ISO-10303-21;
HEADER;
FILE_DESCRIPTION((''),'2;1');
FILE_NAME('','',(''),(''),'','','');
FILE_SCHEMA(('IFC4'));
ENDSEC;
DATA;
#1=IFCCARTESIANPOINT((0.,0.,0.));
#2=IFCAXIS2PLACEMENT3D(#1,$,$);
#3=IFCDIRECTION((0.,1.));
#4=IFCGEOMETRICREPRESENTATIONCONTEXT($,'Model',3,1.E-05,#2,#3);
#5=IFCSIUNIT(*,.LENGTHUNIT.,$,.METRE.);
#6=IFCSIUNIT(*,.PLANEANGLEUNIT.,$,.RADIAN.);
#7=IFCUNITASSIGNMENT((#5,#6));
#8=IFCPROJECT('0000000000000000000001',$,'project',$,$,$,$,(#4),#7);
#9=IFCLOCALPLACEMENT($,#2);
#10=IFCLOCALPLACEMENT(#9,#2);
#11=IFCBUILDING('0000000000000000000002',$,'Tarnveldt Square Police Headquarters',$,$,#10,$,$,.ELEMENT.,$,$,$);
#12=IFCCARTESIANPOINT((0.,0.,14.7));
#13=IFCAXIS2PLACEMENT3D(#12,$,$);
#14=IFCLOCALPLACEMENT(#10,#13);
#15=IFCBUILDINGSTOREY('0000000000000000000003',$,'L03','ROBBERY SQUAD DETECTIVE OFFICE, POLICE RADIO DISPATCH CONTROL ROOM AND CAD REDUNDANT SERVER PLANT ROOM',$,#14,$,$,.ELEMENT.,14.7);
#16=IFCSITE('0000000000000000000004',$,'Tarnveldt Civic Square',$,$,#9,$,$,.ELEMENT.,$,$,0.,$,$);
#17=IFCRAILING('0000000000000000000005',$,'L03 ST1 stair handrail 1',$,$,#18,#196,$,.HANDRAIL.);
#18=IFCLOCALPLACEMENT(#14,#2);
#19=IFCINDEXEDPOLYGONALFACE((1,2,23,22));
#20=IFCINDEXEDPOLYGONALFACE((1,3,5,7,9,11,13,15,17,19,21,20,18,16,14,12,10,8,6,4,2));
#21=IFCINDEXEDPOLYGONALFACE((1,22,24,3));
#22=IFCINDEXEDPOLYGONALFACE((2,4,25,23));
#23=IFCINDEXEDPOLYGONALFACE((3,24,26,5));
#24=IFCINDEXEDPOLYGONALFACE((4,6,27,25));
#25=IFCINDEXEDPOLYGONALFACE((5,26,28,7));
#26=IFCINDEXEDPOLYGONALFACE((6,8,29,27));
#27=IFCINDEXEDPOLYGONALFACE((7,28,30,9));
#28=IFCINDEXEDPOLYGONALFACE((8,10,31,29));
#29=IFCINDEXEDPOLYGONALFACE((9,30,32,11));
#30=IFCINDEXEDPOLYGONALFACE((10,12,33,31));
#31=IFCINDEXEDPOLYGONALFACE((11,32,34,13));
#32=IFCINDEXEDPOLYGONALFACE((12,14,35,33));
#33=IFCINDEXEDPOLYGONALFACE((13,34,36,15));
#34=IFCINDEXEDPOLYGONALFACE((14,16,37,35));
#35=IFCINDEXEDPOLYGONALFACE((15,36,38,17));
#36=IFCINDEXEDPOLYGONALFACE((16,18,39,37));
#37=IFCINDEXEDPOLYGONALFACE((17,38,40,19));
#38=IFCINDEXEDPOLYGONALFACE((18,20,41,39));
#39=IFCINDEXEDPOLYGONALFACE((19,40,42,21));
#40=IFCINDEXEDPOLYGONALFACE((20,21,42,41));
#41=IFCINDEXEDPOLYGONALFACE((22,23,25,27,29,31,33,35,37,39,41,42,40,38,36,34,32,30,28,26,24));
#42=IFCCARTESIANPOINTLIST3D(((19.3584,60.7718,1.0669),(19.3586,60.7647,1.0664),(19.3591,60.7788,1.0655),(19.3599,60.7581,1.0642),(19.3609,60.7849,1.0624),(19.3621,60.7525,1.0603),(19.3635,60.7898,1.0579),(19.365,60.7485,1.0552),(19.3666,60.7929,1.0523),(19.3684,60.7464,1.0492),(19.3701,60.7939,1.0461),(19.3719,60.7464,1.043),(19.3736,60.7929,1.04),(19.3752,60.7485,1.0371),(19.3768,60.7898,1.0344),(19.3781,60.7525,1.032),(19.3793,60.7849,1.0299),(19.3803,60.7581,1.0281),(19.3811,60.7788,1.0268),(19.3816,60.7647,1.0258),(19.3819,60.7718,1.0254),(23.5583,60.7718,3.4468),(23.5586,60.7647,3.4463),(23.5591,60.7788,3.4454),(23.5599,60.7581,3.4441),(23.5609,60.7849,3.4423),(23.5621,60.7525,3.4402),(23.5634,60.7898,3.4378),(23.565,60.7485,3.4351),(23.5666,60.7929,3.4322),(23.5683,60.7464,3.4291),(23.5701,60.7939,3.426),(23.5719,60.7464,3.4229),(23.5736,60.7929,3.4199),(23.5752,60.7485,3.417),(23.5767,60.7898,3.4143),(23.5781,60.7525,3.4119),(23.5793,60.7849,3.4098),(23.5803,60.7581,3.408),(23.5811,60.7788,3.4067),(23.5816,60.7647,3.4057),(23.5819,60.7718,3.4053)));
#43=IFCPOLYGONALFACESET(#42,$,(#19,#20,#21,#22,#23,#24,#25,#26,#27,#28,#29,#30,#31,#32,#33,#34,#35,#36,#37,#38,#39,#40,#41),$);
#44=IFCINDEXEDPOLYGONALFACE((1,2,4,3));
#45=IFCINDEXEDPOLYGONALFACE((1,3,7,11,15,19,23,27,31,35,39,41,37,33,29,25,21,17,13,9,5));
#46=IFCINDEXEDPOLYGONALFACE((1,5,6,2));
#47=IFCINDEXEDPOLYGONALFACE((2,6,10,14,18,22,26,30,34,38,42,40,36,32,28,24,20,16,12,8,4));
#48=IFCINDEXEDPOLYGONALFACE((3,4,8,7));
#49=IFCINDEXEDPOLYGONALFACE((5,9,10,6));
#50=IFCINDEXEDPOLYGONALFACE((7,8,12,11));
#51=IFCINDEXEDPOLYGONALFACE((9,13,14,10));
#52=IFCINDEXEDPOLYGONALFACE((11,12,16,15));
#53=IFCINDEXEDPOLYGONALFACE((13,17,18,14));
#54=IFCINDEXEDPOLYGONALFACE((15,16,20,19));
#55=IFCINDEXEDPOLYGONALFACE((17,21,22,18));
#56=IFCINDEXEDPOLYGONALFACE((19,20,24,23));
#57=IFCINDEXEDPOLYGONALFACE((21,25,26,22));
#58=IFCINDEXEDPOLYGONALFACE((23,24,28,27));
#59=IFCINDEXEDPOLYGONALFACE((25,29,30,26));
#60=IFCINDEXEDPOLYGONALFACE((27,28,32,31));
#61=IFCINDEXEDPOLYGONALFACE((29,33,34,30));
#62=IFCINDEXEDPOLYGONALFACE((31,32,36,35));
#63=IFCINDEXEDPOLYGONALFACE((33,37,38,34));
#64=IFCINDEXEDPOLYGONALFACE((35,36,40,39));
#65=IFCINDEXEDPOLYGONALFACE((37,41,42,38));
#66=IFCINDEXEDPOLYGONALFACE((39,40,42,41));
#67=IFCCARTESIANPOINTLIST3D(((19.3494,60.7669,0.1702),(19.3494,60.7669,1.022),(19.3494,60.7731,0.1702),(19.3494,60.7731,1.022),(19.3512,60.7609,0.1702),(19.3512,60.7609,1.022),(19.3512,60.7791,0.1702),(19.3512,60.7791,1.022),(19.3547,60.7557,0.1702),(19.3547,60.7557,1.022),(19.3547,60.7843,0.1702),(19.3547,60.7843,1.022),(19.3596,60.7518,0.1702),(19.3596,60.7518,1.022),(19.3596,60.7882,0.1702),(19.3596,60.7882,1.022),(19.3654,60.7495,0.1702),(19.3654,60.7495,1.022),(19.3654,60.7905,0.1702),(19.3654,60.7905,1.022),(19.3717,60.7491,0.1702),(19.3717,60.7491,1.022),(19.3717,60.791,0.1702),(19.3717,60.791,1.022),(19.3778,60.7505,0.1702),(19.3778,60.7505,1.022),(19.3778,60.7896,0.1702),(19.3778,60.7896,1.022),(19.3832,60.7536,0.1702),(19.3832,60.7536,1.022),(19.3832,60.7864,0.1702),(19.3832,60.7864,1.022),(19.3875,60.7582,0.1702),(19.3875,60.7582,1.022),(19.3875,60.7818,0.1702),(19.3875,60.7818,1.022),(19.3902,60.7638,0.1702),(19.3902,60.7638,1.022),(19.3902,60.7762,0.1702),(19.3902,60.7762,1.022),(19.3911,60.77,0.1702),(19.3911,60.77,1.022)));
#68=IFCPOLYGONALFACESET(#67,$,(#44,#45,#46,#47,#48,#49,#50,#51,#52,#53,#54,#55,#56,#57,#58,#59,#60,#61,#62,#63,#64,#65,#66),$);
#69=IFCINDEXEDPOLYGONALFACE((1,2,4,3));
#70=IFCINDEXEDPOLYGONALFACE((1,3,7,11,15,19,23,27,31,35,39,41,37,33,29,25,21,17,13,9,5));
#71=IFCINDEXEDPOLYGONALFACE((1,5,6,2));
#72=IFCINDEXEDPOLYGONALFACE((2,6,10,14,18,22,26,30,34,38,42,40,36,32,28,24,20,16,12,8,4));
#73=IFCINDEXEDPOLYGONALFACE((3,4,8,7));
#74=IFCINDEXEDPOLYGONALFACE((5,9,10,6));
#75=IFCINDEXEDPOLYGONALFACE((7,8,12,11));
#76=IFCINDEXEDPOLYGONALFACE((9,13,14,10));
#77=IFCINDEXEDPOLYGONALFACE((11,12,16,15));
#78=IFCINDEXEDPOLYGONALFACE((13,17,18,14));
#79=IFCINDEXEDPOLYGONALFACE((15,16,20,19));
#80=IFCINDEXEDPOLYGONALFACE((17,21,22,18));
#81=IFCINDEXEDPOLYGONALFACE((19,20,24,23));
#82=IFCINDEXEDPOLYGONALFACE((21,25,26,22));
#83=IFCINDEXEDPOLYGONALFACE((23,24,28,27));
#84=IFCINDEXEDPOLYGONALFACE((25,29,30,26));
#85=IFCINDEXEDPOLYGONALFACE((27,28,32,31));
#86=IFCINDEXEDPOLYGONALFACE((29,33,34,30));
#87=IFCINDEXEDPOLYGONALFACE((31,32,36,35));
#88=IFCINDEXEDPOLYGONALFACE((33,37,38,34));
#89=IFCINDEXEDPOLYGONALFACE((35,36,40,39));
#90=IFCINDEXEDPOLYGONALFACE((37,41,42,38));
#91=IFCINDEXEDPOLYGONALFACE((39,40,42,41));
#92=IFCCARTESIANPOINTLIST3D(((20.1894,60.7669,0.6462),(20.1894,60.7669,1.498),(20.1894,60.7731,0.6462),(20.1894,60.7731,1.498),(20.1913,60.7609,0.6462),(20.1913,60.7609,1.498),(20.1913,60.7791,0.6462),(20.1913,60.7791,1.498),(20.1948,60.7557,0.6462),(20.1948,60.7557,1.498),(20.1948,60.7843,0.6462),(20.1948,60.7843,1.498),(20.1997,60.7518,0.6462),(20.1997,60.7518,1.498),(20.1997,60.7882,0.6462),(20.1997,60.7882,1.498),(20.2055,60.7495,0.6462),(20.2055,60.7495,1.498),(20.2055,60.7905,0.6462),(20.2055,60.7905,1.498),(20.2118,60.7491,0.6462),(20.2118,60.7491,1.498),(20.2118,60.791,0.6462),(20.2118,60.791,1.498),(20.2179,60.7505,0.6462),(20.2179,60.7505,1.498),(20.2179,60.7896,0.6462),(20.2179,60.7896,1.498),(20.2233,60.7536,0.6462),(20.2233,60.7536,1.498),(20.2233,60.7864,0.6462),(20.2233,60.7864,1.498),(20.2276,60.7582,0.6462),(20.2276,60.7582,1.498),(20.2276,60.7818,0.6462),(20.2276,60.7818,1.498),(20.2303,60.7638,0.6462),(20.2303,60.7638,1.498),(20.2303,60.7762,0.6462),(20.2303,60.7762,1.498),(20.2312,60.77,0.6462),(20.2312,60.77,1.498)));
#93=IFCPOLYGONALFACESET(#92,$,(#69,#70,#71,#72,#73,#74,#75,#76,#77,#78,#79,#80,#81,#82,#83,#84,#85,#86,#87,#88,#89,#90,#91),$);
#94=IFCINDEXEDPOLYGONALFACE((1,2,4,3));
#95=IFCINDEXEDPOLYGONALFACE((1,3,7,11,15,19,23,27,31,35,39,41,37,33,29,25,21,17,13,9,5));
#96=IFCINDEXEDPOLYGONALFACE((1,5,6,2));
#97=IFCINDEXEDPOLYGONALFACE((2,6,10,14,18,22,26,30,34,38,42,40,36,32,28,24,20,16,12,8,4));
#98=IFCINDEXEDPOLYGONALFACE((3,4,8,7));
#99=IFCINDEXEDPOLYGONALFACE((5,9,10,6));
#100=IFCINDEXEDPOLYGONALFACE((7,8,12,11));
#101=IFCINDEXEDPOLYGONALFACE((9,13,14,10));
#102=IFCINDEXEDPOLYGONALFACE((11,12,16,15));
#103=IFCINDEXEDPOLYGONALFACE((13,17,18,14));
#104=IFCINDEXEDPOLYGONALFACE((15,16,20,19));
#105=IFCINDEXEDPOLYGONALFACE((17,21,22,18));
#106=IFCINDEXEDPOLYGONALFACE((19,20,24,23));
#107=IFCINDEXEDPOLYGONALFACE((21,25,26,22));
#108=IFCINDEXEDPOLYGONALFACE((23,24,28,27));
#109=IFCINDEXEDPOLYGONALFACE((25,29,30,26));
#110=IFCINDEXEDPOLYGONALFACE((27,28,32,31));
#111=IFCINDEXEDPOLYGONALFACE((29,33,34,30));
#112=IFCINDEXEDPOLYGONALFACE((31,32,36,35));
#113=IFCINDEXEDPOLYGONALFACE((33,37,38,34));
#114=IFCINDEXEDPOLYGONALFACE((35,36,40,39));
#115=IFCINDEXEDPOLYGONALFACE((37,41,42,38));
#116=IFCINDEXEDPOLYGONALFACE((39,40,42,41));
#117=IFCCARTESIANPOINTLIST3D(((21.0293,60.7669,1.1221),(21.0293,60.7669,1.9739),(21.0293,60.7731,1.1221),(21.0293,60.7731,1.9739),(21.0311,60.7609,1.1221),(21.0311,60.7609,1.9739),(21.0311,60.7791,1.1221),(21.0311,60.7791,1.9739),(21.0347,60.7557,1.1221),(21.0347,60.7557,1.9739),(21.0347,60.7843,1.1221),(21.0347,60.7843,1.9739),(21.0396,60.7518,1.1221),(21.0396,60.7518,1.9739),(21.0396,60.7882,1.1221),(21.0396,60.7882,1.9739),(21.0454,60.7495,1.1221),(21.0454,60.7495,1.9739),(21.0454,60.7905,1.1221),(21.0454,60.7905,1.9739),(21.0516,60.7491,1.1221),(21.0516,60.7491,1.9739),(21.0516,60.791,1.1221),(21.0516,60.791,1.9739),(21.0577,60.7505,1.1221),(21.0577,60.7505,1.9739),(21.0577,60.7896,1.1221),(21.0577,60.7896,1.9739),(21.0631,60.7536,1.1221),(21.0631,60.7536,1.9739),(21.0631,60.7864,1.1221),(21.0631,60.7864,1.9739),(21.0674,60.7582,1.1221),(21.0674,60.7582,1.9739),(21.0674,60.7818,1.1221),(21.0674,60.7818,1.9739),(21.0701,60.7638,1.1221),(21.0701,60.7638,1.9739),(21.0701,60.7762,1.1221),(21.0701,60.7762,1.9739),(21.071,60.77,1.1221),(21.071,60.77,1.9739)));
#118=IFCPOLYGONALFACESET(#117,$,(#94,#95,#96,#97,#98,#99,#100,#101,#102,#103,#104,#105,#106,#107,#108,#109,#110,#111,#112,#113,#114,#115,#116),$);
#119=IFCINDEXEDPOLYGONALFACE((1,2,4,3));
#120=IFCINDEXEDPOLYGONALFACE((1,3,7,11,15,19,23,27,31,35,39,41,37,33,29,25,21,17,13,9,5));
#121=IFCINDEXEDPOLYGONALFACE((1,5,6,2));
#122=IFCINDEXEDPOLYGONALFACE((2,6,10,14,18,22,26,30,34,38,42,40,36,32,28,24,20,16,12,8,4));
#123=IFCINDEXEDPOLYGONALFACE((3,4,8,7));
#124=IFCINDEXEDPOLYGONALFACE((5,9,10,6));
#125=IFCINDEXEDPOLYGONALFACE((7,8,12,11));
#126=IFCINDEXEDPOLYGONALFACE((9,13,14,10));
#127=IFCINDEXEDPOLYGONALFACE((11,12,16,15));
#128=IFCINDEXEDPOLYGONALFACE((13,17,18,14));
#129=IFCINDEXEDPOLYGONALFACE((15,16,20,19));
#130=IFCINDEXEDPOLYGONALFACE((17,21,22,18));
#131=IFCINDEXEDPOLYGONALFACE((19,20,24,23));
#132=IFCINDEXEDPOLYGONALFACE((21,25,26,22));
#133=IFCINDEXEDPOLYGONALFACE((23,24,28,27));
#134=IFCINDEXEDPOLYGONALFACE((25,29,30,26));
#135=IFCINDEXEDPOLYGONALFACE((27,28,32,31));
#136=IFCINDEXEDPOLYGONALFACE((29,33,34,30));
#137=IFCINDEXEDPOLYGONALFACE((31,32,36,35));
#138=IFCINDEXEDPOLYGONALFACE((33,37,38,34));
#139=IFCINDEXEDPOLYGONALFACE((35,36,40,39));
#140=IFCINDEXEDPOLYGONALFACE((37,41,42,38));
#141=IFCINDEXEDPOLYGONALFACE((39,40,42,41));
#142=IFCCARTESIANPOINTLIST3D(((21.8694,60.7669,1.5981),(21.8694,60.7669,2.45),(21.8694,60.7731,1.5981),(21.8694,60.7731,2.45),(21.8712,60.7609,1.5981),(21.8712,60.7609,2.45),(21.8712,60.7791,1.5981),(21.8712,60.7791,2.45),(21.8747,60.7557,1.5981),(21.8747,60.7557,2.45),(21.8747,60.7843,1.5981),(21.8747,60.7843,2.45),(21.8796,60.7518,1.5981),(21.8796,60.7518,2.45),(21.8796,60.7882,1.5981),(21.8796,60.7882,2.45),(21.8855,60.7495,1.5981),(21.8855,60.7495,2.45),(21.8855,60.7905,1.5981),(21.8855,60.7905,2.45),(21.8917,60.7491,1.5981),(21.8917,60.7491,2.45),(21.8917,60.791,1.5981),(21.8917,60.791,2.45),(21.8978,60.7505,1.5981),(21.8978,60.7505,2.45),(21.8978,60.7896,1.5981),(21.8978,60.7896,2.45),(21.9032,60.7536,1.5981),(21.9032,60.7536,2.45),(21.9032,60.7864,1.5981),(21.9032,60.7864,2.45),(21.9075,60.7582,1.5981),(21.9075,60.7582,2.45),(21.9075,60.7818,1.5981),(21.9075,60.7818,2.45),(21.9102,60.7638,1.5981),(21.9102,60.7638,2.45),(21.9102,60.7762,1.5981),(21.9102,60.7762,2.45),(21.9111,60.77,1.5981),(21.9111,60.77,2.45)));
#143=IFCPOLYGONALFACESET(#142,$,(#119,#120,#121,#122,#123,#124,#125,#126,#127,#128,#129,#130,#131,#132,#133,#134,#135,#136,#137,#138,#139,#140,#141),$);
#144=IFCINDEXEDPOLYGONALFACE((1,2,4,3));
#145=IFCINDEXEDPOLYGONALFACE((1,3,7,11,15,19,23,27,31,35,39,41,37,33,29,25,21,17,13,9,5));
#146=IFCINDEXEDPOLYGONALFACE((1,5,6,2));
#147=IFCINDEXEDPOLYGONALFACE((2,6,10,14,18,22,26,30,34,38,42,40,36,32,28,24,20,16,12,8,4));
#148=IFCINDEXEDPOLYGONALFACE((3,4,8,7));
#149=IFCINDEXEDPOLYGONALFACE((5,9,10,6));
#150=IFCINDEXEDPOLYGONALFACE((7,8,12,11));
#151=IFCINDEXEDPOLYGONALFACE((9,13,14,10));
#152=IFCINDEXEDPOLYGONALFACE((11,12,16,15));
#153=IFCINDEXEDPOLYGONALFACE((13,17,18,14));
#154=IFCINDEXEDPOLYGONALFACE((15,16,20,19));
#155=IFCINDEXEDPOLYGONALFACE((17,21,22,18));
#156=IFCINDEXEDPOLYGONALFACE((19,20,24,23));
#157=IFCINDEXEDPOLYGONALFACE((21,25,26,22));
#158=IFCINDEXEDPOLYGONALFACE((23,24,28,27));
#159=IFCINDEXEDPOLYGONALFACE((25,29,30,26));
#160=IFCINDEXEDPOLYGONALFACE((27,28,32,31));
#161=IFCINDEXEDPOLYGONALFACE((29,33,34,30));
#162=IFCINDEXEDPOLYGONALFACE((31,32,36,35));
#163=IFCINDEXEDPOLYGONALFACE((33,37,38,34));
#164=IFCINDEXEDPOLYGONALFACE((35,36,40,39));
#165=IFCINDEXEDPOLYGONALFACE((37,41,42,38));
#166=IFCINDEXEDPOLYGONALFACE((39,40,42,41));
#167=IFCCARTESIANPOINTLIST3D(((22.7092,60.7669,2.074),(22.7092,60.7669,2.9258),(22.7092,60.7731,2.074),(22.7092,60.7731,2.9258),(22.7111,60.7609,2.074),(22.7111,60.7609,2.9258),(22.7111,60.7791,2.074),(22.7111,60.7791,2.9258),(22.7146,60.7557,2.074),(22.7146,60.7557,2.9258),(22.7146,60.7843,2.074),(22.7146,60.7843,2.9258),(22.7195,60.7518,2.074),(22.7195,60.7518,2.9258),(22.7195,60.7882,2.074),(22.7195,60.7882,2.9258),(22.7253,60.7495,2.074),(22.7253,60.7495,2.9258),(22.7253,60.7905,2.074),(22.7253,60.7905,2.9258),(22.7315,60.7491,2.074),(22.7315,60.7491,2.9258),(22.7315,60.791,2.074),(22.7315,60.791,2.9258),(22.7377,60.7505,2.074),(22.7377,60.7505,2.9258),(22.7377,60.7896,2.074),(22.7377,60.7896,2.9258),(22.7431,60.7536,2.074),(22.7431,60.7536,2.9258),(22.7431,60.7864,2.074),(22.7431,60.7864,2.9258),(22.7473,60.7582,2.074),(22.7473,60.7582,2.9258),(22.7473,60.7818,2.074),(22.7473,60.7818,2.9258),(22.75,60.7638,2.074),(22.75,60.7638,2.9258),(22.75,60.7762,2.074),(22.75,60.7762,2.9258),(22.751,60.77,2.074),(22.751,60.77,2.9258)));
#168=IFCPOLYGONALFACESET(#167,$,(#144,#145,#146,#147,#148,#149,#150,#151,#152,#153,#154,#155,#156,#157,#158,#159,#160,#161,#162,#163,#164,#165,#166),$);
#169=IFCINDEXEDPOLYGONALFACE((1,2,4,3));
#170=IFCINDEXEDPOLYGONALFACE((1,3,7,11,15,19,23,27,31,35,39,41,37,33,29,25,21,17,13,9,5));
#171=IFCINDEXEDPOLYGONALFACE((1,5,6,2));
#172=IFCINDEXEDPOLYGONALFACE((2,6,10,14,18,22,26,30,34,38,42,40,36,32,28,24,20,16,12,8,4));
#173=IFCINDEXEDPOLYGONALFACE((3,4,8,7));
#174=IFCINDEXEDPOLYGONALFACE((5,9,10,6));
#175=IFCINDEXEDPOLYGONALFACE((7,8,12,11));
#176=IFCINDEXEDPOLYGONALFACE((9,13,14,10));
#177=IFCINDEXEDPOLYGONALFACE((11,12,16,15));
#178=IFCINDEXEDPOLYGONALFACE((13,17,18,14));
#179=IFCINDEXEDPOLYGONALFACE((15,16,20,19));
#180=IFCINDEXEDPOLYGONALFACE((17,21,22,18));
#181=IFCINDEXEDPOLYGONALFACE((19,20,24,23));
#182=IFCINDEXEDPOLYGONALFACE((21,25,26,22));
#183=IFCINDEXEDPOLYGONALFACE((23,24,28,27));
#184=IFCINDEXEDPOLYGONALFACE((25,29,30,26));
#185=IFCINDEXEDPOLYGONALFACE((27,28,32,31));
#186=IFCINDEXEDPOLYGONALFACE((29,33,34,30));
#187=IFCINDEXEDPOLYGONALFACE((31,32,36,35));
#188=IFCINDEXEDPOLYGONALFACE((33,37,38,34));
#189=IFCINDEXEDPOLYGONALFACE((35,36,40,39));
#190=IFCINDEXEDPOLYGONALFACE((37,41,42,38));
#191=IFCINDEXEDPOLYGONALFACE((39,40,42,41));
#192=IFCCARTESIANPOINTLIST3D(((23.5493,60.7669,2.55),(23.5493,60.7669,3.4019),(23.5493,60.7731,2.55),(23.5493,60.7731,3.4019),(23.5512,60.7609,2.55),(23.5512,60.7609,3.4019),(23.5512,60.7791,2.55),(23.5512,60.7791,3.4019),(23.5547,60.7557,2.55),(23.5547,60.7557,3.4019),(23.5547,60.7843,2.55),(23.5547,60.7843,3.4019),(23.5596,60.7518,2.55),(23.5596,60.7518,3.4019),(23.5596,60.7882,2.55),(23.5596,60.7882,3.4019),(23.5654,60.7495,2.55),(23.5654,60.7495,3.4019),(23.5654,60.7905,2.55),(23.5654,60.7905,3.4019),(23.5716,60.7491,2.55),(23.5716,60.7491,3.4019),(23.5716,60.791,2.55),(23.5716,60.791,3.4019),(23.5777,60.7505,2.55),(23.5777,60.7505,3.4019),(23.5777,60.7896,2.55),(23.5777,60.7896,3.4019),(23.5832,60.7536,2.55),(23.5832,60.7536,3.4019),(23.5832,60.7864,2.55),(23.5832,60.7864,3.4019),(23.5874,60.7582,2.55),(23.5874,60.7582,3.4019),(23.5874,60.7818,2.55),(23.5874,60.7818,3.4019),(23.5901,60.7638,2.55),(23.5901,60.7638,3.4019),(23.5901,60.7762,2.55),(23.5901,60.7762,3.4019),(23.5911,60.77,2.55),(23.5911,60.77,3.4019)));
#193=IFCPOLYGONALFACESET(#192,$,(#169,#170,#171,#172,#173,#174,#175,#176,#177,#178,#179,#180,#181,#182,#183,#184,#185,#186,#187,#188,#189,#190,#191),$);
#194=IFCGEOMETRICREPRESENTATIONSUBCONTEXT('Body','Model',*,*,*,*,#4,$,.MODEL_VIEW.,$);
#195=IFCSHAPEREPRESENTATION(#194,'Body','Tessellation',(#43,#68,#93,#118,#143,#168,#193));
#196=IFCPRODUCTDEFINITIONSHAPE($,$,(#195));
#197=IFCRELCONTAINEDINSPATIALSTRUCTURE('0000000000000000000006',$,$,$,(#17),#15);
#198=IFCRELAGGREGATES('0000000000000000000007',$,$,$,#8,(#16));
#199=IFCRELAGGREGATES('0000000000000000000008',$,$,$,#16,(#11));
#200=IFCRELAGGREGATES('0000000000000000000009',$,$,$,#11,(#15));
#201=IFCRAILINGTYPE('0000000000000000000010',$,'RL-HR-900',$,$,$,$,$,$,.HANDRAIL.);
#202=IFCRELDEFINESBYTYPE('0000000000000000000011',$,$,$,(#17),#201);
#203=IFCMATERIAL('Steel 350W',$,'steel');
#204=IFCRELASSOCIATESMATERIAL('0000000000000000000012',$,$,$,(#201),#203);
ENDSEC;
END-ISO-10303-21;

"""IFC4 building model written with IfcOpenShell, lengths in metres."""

from ifc_helpers import new_model, si_unit, direction, frame, origin, origin_2d, place, context, subcontext, project, spatial, circle, extrude, material, type_object, element, save


model = new_model("IFC4")

# Units and contexts
model_context = context("Model", 3, precision=1e-05, world=origin(), true_north=direction((0.0, 1.0)))
body_context = subcontext(model_context, "Body", "Model", "MODEL_VIEW")
ifc_project = project(units=[si_unit("LENGTHUNIT", "METRE"), si_unit("PLANEANGLEUNIT", "RADIAN")], contexts=[model_context])

# Site, building, storey
site_placement = place(None, origin())
site = spatial("IfcSite", under=ifc_project, at=site_placement, Name="Tarnveldt Civic Square", CompositionType="ELEMENT", RefElevation=0.0)
building_placement = place(site_placement, origin())
building = spatial("IfcBuilding", under=site, at=building_placement, Name="Tarnveldt Square Police Headquarters", CompositionType="ELEMENT")
storey_placement = place(building_placement, frame((0.0, 0.0, 14.7)))
storey = spatial("IfcBuildingStorey", under=building, at=storey_placement, Name="L03", Description="ROBBERY SQUAD DETECTIVE OFFICE, POLICE RADIO DISPATCH CONTROL ROOM AND CAD REDUNDANT SERVER PLANT ROOM", CompositionType="ELEMENT", Elevation=14.7)

# Shared definitions
ifc_material_1 = material(Name="Steel 350W", Category="steel")

# Railing
railing_type_1 = type_object("IfcRailingType", Name="RL-HR-900", PredefinedType="HANDRAIL", material=ifc_material_1)
railing_1_placement = place(storey_placement, frame((19.3701, 60.77, 0.1702)))
element("IfcRailing", 1, at=railing_1_placement, inside=storey, type_object=railing_type_1, Name="L03 ST1 stair handrail 1", PredefinedType="HANDRAIL", context=body_context, shape_type="SweptSolid", body=[
    extrude(circle(Radius=0.0239, at=origin_2d()), frame((0.0, 0.0, 0.876), z_axis=(0.87003, 0.0, 0.492999), x_axis=(0.0, 1.0, 0.0)), (0.0, 0.0, 1.0), 4.8274),
    extrude(circle(Radius=0.021, at=origin_2d()), origin(), (0.0, 0.0, 1.0), 0.8518),
    extrude(circle(Radius=0.021, at=origin_2d()), frame((0.8401, 0.0, 0.4761)), (0.0, 0.0, 1.0), 0.8518),
    extrude(circle(Radius=0.021, at=origin_2d()), frame((1.6799, 0.0, 0.9519)), (0.0, 0.0, 1.0), 0.8518),
    extrude(circle(Radius=0.021, at=origin_2d()), frame((2.52, 0.0, 1.428)), (0.0, 0.0, 1.0), 0.8518),
    extrude(circle(Radius=0.021, at=origin_2d()), frame((3.3599, 0.0, 1.9038)), (0.0, 0.0, 1.0), 0.8518),
    extrude(circle(Radius=0.021, at=origin_2d()), frame((4.2, 0.0, 2.3799)), (0.0, 0.0, 1.0), 0.8518),
])

save(model, "model.ifc")
